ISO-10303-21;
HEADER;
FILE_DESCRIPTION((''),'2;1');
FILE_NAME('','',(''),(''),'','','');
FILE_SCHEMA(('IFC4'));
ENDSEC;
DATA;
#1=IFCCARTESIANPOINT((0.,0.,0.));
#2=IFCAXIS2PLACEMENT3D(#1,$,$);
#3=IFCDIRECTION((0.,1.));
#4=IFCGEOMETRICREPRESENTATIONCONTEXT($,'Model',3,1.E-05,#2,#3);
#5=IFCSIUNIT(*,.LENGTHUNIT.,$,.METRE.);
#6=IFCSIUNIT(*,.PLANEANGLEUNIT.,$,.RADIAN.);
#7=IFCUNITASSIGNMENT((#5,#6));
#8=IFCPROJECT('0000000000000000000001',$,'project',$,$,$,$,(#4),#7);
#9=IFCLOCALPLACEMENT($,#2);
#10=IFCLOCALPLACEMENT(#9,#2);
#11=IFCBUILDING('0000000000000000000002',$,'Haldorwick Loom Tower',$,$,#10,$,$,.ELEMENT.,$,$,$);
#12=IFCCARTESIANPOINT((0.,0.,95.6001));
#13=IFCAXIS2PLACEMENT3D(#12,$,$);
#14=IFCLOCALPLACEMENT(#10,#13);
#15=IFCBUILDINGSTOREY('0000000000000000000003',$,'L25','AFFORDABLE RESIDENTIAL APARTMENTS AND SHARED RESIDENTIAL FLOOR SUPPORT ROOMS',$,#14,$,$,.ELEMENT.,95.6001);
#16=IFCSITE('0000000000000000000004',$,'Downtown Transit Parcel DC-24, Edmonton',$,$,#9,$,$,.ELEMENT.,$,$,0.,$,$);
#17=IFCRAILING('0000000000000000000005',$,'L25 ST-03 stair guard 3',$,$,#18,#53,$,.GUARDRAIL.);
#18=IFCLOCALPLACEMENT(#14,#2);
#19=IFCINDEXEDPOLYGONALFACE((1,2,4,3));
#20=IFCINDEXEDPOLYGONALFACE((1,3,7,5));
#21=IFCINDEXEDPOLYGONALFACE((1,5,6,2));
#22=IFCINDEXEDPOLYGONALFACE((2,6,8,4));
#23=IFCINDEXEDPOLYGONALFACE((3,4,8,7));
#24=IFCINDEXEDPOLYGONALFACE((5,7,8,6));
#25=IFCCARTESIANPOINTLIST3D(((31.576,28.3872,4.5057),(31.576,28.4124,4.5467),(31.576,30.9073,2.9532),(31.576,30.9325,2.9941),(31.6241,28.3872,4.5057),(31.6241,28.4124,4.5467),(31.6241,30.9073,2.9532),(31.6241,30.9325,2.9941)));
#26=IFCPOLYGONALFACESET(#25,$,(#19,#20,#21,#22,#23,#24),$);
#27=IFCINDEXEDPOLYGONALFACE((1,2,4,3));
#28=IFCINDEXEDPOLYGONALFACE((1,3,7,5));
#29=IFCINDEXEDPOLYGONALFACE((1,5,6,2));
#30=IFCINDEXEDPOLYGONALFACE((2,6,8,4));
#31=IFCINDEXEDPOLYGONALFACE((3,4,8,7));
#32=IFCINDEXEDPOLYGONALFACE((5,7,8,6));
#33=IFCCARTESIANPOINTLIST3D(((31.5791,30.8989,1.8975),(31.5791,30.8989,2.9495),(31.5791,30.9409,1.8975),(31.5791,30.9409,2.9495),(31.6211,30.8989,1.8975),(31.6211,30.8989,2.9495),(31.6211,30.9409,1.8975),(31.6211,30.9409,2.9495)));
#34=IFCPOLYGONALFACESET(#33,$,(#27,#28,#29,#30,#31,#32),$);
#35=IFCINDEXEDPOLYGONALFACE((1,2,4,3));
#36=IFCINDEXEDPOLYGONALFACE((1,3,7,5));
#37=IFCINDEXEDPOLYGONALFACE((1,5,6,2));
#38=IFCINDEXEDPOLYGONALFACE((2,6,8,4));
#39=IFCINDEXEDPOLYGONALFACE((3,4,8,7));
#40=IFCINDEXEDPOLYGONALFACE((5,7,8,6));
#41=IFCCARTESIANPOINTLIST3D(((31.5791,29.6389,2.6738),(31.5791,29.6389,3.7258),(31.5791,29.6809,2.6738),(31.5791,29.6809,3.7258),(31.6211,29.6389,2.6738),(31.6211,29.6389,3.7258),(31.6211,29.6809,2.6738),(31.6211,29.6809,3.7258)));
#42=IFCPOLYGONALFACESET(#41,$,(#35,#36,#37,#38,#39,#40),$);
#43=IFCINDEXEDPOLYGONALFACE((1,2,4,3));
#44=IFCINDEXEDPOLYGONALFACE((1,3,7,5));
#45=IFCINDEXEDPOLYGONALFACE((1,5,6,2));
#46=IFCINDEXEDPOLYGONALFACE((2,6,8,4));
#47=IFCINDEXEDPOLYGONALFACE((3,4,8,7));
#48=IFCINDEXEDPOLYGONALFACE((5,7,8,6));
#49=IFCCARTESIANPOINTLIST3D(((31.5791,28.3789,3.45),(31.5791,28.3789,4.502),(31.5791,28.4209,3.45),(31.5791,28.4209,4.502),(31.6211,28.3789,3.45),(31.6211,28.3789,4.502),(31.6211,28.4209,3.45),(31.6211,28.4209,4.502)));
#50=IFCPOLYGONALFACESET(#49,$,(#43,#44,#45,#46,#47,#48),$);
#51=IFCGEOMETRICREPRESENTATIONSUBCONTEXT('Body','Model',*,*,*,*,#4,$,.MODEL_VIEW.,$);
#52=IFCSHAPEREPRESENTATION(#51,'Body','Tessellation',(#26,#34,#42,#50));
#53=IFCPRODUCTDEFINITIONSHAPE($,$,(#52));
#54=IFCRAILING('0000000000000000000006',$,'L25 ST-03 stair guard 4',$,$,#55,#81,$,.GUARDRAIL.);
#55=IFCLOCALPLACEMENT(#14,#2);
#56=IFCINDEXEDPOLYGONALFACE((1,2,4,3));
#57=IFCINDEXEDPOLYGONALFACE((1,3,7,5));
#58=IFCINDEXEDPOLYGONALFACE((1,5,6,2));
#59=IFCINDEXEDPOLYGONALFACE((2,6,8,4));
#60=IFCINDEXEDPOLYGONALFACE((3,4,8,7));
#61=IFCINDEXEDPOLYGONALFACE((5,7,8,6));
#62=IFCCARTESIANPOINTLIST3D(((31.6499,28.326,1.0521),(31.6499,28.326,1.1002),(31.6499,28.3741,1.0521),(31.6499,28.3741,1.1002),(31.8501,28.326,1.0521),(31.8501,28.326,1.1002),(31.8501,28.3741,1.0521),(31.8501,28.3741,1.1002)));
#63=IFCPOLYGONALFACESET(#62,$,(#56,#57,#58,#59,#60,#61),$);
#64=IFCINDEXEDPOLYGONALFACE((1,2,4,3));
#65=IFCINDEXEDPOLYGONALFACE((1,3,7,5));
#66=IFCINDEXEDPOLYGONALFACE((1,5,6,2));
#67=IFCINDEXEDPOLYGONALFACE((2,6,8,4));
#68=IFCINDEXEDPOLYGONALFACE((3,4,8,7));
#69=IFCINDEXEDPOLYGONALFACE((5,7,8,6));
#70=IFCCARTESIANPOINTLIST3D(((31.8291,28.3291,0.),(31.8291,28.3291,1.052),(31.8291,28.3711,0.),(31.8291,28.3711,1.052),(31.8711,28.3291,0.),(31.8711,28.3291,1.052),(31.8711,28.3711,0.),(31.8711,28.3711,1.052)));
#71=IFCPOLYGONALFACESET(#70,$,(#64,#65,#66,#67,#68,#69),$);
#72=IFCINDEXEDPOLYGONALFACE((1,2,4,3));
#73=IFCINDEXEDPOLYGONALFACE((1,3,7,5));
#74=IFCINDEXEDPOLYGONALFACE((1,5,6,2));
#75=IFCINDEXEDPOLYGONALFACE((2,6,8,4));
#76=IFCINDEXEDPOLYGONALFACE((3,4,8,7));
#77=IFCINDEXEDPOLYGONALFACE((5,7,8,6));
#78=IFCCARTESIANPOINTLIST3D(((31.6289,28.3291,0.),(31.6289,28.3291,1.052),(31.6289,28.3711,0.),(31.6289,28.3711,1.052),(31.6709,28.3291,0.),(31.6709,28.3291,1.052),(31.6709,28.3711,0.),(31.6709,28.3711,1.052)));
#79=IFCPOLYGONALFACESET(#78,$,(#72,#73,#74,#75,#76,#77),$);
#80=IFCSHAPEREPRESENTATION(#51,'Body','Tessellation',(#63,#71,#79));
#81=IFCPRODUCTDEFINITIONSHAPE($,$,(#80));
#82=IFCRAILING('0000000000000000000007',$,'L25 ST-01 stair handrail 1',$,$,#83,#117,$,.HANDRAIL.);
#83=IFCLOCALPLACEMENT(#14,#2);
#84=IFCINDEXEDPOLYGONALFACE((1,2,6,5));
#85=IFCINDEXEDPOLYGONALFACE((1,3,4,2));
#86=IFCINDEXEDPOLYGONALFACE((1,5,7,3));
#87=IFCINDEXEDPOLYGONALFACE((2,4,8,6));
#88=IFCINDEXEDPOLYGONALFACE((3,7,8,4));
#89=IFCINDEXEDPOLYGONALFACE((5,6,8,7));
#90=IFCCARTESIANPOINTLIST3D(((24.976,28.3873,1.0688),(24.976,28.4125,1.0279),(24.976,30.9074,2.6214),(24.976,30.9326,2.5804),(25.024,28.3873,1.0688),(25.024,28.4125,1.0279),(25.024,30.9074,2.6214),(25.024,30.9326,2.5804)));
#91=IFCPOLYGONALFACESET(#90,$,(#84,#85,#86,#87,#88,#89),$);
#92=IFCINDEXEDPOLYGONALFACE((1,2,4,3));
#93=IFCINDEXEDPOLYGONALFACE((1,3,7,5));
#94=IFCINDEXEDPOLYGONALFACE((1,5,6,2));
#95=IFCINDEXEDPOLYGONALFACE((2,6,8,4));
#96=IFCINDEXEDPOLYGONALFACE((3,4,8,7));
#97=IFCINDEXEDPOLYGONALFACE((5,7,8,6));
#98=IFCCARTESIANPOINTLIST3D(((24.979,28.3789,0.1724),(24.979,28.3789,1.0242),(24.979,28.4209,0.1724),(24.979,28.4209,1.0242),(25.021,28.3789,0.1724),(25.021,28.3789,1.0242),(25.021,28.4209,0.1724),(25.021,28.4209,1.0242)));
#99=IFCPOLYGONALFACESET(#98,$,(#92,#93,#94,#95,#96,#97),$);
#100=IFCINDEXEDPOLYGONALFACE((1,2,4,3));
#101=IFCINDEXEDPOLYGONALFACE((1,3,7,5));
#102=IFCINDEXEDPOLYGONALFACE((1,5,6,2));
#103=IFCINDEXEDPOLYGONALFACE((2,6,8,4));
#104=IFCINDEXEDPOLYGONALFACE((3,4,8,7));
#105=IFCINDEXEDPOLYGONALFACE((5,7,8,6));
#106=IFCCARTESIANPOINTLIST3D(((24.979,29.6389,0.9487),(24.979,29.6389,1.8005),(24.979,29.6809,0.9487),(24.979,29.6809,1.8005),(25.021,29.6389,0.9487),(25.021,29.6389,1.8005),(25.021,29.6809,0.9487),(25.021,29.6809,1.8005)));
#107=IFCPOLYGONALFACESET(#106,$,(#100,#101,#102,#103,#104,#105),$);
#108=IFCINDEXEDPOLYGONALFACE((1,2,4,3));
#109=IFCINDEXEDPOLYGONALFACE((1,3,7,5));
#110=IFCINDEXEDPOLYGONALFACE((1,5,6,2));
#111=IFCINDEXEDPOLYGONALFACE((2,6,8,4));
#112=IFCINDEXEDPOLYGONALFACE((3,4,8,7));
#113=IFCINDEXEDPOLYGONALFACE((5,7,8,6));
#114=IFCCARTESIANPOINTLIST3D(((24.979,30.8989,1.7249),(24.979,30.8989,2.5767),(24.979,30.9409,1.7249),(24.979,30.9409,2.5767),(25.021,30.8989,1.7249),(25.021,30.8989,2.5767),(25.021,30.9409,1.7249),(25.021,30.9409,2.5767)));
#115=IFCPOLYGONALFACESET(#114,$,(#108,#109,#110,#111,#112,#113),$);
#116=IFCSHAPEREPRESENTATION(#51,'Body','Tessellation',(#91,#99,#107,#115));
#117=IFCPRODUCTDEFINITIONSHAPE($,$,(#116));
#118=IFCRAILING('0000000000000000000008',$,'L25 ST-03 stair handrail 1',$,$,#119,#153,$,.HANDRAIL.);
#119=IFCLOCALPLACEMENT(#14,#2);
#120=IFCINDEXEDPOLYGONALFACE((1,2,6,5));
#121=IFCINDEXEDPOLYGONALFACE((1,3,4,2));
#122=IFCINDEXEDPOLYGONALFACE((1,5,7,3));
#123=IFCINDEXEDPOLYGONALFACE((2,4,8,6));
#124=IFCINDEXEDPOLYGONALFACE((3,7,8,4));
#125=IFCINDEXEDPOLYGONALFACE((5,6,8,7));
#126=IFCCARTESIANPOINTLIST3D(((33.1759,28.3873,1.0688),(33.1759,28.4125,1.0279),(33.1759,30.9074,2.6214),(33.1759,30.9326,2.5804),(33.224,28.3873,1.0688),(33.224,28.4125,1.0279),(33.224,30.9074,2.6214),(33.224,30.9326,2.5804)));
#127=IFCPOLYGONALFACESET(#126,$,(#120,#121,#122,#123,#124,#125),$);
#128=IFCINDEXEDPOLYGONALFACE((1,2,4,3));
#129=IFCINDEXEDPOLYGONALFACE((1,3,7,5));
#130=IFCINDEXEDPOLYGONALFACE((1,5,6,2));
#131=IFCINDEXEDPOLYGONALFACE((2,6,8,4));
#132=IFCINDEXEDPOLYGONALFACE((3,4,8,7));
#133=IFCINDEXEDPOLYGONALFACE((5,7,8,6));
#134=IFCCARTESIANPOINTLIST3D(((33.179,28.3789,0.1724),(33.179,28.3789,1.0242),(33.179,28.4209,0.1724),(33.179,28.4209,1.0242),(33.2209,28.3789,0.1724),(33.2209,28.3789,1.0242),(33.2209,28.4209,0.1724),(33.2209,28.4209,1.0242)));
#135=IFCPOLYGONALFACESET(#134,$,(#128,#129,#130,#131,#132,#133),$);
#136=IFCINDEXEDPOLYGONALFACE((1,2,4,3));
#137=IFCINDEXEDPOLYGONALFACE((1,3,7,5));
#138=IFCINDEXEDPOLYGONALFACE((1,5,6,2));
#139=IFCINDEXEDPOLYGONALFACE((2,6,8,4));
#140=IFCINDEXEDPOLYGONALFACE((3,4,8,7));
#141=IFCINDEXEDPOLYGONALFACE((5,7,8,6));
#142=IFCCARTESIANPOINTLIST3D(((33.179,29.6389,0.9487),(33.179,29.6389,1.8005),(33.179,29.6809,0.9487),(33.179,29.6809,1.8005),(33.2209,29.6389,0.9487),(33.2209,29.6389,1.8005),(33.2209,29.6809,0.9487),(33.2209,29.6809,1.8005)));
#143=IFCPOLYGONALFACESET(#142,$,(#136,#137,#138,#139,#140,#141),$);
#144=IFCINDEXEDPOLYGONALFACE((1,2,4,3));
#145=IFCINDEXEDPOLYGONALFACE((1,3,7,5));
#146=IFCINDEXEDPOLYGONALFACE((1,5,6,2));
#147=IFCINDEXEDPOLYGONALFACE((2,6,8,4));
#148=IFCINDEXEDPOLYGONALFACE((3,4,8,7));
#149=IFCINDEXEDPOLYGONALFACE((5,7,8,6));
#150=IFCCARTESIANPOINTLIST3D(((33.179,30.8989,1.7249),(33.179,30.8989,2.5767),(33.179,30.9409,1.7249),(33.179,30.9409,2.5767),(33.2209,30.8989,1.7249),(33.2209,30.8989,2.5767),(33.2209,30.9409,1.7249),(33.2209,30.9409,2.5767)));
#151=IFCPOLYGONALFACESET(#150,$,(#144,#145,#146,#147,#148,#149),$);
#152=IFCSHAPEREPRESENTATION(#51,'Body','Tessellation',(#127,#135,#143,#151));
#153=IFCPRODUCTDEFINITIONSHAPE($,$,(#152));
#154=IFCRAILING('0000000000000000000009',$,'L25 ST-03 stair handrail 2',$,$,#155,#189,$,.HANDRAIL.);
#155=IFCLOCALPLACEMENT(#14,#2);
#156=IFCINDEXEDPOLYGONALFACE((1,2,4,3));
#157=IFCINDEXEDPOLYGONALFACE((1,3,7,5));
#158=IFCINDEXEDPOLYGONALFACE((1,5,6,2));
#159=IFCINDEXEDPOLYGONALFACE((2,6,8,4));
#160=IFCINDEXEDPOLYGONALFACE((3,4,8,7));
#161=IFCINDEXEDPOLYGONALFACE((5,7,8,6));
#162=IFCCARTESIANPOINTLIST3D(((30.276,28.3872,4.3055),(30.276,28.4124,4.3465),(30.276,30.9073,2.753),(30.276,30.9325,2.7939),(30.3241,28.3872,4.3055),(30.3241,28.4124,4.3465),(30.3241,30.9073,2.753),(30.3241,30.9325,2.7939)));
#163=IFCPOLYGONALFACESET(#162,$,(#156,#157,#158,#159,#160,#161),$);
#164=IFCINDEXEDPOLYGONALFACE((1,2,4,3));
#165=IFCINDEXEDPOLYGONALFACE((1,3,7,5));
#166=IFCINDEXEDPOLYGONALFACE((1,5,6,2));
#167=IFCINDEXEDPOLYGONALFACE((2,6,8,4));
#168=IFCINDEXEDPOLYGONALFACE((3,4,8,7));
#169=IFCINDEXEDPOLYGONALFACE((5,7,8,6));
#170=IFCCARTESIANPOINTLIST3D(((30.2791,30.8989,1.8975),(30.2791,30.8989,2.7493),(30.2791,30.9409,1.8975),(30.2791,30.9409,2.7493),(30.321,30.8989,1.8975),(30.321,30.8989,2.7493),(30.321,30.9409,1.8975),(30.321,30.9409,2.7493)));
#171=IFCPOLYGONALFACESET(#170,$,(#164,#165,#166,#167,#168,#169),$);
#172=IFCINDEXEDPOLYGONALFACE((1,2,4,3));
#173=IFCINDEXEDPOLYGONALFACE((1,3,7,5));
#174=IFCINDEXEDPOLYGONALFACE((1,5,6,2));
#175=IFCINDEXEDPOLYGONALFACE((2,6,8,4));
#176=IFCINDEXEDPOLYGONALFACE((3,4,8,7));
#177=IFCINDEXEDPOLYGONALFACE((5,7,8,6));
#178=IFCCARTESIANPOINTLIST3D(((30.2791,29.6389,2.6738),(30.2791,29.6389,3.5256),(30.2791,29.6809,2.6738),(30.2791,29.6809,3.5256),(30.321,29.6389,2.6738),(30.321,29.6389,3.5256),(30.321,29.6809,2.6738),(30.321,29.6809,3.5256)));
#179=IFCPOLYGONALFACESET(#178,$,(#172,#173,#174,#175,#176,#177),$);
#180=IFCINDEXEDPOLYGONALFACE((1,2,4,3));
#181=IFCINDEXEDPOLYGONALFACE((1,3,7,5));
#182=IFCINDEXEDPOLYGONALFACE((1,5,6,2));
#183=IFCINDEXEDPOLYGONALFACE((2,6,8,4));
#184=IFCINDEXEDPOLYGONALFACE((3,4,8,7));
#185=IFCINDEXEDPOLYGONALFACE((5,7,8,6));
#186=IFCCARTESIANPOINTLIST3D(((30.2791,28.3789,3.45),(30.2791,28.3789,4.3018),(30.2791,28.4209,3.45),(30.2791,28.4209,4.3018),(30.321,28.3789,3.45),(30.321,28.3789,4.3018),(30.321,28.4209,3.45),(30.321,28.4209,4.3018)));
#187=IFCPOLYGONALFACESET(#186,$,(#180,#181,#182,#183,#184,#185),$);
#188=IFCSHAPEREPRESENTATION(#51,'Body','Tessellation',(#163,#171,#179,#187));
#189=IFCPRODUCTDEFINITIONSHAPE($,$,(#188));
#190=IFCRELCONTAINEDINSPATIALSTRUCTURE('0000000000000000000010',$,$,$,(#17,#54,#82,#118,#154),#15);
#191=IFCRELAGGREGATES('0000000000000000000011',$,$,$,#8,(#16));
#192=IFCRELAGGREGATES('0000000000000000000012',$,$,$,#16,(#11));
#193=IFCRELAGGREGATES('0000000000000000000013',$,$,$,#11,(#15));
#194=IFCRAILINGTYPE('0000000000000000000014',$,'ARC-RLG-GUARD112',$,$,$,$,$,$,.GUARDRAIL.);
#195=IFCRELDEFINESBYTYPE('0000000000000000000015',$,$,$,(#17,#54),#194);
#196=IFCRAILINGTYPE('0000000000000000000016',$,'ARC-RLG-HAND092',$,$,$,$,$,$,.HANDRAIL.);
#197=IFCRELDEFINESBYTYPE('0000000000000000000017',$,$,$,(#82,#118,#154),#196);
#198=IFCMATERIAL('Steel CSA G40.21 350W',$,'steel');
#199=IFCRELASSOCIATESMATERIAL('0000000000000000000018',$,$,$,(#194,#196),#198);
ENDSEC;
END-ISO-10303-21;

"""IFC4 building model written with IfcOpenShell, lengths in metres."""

from ifc_helpers import new_model, si_unit, direction, frame, origin, origin_2d, place, context, subcontext, project, spatial, rectangle, extrude, material, type_object, element, save


model = new_model("IFC4")

# Units and contexts
model_context = context("Model", 3, precision=1e-05, world=origin(), true_north=direction((0.0, 1.0)))
body_context = subcontext(model_context, "Body", "Model", "MODEL_VIEW")
ifc_project = project(units=[si_unit("LENGTHUNIT", "METRE"), si_unit("PLANEANGLEUNIT", "RADIAN")], contexts=[model_context])

# Site, building, storey
site_placement = place(None, origin())
site = spatial("IfcSite", under=ifc_project, at=site_placement, Name="Downtown Transit Parcel DC-24, Edmonton", CompositionType="ELEMENT", RefElevation=0.0)
building_placement = place(site_placement, origin())
building = spatial("IfcBuilding", under=site, at=building_placement, Name="Haldorwick Loom Tower", CompositionType="ELEMENT")
storey_placement = place(building_placement, frame((0.0, 0.0, 95.6001)))
storey = spatial("IfcBuildingStorey", under=building, at=storey_placement, Name="L25", Description="AFFORDABLE RESIDENTIAL APARTMENTS AND SHARED RESIDENTIAL FLOOR SUPPORT ROOMS", CompositionType="ELEMENT", Elevation=95.6001)

# Shared definitions
ifc_material_1 = material(Name="Steel CSA G40.21 350W", Category="steel")

# Railings
railing_type_1 = type_object("IfcRailingType", Name="ARC-RLG-GUARD112", PredefinedType="GUARDRAIL", material=ifc_material_1)
railing_1_placement = place(storey_placement, frame((31.6001, 30.9199, 1.8975)))
element("IfcRailing", 1, at=railing_1_placement, inside=storey, type_object=railing_type_1, Name="L25 ST-03 stair guard 3", PredefinedType="GUARDRAIL", context=body_context, shape_type="SweptSolid", body=[
    extrude(rectangle(XDim=0.0481, YDim=0.0481, at=origin_2d()), frame((0.0, 0.0, 1.0762), z_axis=(0.0, -0.8514, 0.524516), x_axis=(1.0, 0.0, 0.0)), (0.0, 0.0, 1.0), 2.96),
    extrude(rectangle(XDim=0.042, YDim=0.042, at=origin_2d()), origin(), (0.0, 0.0, 1.0), 1.052),
    extrude(rectangle(XDim=0.042, YDim=0.042, at=origin_2d()), frame((0.0, -1.26, 0.7764)), (0.0, 0.0, 1.0), 1.052),
    extrude(rectangle(XDim=0.042, YDim=0.042, at=origin_2d()), frame((0.0, -2.52, 1.5525)), (0.0, 0.0, 1.0), 1.052),
])
railing_2_placement = place(storey_placement, frame((31.8501, 28.3501, 0.0)))
element("IfcRailing", 2, at=railing_2_placement, inside=storey, type_object=railing_type_1, Name="L25 ST-03 stair guard 4", PredefinedType="GUARDRAIL", context=body_context, shape_type="SweptSolid", body=[
    extrude(rectangle(XDim=0.0481, YDim=0.0481, at=origin_2d()), frame((0.0, 0.0, 1.0762), z_axis=(-1.0, 0.0, 0.0), x_axis=(0.0, -1.0, 0.0)), (0.0, 0.0, 1.0), 0.2002),
    extrude(rectangle(XDim=0.042, YDim=0.042, at=origin_2d()), origin(), (0.0, 0.0, 1.0), 1.052),
    extrude(rectangle(XDim=0.042, YDim=0.042, at=origin_2d()), frame((-0.2002, 0.0, 0.0)), (0.0, 0.0, 1.0), 1.052),
])
railing_type_2 = type_object("IfcRailingType", Name="ARC-RLG-HAND092", PredefinedType="HANDRAIL", material=ifc_material_1)
for number, where, name in (
    (3, (25.0, 28.3999, 0.1724), "L25 ST-01 stair handrail 1"),
    (4, (33.2, 28.3999, 0.1724), "L25 ST-03 stair handrail 1"),
):
    element("IfcRailing", number, at=place(storey_placement, frame(where)), inside=storey, type_object=railing_type_2, Name=name, PredefinedType="HANDRAIL", context=body_context, shape_type="SweptSolid", body=[
        extrude(rectangle(XDim=0.0481, YDim=0.0481, at=origin_2d()), frame((0.0, 0.0, 0.876), z_axis=(0.0, 0.8514, 0.524516), x_axis=(-1.0, 0.0, 0.0)), (0.0, 0.0, 1.0), 2.96),
        extrude(rectangle(XDim=0.042, YDim=0.042, at=origin_2d()), origin(), (0.0, 0.0, 1.0), 0.8518),
        extrude(rectangle(XDim=0.042, YDim=0.042, at=origin_2d()), frame((0.0, 1.26, 0.7764)), (0.0, 0.0, 1.0), 0.8518),
        extrude(rectangle(XDim=0.042, YDim=0.042, at=origin_2d()), frame((0.0, 2.52, 1.5525)), (0.0, 0.0, 1.0), 0.8518),
    ])
railing_3_placement = place(storey_placement, frame((30.3, 30.9199, 1.8975)))
element("IfcRailing", 5, at=railing_3_placement, inside=storey, type_object=railing_type_2, Name="L25 ST-03 stair handrail 2", PredefinedType="HANDRAIL", context=body_context, shape_type="SweptSolid", body=[
    extrude(rectangle(XDim=0.0481, YDim=0.0481, at=origin_2d()), frame((0.0, 0.0, 0.876), z_axis=(0.0, -0.8514, 0.524516), x_axis=(1.0, 0.0, 0.0)), (0.0, 0.0, 1.0), 2.96),
    extrude(rectangle(XDim=0.042, YDim=0.042, at=origin_2d()), origin(), (0.0, 0.0, 1.0), 0.8518),
    extrude(rectangle(XDim=0.042, YDim=0.042, at=origin_2d()), frame((0.0, -1.26, 0.7764)), (0.0, 0.0, 1.0), 0.8518),
    extrude(rectangle(XDim=0.042, YDim=0.042, at=origin_2d()), frame((0.0, -2.52, 1.5525)), (0.0, 0.0, 1.0), 0.8518),
])

save(model, "model.ifc")
